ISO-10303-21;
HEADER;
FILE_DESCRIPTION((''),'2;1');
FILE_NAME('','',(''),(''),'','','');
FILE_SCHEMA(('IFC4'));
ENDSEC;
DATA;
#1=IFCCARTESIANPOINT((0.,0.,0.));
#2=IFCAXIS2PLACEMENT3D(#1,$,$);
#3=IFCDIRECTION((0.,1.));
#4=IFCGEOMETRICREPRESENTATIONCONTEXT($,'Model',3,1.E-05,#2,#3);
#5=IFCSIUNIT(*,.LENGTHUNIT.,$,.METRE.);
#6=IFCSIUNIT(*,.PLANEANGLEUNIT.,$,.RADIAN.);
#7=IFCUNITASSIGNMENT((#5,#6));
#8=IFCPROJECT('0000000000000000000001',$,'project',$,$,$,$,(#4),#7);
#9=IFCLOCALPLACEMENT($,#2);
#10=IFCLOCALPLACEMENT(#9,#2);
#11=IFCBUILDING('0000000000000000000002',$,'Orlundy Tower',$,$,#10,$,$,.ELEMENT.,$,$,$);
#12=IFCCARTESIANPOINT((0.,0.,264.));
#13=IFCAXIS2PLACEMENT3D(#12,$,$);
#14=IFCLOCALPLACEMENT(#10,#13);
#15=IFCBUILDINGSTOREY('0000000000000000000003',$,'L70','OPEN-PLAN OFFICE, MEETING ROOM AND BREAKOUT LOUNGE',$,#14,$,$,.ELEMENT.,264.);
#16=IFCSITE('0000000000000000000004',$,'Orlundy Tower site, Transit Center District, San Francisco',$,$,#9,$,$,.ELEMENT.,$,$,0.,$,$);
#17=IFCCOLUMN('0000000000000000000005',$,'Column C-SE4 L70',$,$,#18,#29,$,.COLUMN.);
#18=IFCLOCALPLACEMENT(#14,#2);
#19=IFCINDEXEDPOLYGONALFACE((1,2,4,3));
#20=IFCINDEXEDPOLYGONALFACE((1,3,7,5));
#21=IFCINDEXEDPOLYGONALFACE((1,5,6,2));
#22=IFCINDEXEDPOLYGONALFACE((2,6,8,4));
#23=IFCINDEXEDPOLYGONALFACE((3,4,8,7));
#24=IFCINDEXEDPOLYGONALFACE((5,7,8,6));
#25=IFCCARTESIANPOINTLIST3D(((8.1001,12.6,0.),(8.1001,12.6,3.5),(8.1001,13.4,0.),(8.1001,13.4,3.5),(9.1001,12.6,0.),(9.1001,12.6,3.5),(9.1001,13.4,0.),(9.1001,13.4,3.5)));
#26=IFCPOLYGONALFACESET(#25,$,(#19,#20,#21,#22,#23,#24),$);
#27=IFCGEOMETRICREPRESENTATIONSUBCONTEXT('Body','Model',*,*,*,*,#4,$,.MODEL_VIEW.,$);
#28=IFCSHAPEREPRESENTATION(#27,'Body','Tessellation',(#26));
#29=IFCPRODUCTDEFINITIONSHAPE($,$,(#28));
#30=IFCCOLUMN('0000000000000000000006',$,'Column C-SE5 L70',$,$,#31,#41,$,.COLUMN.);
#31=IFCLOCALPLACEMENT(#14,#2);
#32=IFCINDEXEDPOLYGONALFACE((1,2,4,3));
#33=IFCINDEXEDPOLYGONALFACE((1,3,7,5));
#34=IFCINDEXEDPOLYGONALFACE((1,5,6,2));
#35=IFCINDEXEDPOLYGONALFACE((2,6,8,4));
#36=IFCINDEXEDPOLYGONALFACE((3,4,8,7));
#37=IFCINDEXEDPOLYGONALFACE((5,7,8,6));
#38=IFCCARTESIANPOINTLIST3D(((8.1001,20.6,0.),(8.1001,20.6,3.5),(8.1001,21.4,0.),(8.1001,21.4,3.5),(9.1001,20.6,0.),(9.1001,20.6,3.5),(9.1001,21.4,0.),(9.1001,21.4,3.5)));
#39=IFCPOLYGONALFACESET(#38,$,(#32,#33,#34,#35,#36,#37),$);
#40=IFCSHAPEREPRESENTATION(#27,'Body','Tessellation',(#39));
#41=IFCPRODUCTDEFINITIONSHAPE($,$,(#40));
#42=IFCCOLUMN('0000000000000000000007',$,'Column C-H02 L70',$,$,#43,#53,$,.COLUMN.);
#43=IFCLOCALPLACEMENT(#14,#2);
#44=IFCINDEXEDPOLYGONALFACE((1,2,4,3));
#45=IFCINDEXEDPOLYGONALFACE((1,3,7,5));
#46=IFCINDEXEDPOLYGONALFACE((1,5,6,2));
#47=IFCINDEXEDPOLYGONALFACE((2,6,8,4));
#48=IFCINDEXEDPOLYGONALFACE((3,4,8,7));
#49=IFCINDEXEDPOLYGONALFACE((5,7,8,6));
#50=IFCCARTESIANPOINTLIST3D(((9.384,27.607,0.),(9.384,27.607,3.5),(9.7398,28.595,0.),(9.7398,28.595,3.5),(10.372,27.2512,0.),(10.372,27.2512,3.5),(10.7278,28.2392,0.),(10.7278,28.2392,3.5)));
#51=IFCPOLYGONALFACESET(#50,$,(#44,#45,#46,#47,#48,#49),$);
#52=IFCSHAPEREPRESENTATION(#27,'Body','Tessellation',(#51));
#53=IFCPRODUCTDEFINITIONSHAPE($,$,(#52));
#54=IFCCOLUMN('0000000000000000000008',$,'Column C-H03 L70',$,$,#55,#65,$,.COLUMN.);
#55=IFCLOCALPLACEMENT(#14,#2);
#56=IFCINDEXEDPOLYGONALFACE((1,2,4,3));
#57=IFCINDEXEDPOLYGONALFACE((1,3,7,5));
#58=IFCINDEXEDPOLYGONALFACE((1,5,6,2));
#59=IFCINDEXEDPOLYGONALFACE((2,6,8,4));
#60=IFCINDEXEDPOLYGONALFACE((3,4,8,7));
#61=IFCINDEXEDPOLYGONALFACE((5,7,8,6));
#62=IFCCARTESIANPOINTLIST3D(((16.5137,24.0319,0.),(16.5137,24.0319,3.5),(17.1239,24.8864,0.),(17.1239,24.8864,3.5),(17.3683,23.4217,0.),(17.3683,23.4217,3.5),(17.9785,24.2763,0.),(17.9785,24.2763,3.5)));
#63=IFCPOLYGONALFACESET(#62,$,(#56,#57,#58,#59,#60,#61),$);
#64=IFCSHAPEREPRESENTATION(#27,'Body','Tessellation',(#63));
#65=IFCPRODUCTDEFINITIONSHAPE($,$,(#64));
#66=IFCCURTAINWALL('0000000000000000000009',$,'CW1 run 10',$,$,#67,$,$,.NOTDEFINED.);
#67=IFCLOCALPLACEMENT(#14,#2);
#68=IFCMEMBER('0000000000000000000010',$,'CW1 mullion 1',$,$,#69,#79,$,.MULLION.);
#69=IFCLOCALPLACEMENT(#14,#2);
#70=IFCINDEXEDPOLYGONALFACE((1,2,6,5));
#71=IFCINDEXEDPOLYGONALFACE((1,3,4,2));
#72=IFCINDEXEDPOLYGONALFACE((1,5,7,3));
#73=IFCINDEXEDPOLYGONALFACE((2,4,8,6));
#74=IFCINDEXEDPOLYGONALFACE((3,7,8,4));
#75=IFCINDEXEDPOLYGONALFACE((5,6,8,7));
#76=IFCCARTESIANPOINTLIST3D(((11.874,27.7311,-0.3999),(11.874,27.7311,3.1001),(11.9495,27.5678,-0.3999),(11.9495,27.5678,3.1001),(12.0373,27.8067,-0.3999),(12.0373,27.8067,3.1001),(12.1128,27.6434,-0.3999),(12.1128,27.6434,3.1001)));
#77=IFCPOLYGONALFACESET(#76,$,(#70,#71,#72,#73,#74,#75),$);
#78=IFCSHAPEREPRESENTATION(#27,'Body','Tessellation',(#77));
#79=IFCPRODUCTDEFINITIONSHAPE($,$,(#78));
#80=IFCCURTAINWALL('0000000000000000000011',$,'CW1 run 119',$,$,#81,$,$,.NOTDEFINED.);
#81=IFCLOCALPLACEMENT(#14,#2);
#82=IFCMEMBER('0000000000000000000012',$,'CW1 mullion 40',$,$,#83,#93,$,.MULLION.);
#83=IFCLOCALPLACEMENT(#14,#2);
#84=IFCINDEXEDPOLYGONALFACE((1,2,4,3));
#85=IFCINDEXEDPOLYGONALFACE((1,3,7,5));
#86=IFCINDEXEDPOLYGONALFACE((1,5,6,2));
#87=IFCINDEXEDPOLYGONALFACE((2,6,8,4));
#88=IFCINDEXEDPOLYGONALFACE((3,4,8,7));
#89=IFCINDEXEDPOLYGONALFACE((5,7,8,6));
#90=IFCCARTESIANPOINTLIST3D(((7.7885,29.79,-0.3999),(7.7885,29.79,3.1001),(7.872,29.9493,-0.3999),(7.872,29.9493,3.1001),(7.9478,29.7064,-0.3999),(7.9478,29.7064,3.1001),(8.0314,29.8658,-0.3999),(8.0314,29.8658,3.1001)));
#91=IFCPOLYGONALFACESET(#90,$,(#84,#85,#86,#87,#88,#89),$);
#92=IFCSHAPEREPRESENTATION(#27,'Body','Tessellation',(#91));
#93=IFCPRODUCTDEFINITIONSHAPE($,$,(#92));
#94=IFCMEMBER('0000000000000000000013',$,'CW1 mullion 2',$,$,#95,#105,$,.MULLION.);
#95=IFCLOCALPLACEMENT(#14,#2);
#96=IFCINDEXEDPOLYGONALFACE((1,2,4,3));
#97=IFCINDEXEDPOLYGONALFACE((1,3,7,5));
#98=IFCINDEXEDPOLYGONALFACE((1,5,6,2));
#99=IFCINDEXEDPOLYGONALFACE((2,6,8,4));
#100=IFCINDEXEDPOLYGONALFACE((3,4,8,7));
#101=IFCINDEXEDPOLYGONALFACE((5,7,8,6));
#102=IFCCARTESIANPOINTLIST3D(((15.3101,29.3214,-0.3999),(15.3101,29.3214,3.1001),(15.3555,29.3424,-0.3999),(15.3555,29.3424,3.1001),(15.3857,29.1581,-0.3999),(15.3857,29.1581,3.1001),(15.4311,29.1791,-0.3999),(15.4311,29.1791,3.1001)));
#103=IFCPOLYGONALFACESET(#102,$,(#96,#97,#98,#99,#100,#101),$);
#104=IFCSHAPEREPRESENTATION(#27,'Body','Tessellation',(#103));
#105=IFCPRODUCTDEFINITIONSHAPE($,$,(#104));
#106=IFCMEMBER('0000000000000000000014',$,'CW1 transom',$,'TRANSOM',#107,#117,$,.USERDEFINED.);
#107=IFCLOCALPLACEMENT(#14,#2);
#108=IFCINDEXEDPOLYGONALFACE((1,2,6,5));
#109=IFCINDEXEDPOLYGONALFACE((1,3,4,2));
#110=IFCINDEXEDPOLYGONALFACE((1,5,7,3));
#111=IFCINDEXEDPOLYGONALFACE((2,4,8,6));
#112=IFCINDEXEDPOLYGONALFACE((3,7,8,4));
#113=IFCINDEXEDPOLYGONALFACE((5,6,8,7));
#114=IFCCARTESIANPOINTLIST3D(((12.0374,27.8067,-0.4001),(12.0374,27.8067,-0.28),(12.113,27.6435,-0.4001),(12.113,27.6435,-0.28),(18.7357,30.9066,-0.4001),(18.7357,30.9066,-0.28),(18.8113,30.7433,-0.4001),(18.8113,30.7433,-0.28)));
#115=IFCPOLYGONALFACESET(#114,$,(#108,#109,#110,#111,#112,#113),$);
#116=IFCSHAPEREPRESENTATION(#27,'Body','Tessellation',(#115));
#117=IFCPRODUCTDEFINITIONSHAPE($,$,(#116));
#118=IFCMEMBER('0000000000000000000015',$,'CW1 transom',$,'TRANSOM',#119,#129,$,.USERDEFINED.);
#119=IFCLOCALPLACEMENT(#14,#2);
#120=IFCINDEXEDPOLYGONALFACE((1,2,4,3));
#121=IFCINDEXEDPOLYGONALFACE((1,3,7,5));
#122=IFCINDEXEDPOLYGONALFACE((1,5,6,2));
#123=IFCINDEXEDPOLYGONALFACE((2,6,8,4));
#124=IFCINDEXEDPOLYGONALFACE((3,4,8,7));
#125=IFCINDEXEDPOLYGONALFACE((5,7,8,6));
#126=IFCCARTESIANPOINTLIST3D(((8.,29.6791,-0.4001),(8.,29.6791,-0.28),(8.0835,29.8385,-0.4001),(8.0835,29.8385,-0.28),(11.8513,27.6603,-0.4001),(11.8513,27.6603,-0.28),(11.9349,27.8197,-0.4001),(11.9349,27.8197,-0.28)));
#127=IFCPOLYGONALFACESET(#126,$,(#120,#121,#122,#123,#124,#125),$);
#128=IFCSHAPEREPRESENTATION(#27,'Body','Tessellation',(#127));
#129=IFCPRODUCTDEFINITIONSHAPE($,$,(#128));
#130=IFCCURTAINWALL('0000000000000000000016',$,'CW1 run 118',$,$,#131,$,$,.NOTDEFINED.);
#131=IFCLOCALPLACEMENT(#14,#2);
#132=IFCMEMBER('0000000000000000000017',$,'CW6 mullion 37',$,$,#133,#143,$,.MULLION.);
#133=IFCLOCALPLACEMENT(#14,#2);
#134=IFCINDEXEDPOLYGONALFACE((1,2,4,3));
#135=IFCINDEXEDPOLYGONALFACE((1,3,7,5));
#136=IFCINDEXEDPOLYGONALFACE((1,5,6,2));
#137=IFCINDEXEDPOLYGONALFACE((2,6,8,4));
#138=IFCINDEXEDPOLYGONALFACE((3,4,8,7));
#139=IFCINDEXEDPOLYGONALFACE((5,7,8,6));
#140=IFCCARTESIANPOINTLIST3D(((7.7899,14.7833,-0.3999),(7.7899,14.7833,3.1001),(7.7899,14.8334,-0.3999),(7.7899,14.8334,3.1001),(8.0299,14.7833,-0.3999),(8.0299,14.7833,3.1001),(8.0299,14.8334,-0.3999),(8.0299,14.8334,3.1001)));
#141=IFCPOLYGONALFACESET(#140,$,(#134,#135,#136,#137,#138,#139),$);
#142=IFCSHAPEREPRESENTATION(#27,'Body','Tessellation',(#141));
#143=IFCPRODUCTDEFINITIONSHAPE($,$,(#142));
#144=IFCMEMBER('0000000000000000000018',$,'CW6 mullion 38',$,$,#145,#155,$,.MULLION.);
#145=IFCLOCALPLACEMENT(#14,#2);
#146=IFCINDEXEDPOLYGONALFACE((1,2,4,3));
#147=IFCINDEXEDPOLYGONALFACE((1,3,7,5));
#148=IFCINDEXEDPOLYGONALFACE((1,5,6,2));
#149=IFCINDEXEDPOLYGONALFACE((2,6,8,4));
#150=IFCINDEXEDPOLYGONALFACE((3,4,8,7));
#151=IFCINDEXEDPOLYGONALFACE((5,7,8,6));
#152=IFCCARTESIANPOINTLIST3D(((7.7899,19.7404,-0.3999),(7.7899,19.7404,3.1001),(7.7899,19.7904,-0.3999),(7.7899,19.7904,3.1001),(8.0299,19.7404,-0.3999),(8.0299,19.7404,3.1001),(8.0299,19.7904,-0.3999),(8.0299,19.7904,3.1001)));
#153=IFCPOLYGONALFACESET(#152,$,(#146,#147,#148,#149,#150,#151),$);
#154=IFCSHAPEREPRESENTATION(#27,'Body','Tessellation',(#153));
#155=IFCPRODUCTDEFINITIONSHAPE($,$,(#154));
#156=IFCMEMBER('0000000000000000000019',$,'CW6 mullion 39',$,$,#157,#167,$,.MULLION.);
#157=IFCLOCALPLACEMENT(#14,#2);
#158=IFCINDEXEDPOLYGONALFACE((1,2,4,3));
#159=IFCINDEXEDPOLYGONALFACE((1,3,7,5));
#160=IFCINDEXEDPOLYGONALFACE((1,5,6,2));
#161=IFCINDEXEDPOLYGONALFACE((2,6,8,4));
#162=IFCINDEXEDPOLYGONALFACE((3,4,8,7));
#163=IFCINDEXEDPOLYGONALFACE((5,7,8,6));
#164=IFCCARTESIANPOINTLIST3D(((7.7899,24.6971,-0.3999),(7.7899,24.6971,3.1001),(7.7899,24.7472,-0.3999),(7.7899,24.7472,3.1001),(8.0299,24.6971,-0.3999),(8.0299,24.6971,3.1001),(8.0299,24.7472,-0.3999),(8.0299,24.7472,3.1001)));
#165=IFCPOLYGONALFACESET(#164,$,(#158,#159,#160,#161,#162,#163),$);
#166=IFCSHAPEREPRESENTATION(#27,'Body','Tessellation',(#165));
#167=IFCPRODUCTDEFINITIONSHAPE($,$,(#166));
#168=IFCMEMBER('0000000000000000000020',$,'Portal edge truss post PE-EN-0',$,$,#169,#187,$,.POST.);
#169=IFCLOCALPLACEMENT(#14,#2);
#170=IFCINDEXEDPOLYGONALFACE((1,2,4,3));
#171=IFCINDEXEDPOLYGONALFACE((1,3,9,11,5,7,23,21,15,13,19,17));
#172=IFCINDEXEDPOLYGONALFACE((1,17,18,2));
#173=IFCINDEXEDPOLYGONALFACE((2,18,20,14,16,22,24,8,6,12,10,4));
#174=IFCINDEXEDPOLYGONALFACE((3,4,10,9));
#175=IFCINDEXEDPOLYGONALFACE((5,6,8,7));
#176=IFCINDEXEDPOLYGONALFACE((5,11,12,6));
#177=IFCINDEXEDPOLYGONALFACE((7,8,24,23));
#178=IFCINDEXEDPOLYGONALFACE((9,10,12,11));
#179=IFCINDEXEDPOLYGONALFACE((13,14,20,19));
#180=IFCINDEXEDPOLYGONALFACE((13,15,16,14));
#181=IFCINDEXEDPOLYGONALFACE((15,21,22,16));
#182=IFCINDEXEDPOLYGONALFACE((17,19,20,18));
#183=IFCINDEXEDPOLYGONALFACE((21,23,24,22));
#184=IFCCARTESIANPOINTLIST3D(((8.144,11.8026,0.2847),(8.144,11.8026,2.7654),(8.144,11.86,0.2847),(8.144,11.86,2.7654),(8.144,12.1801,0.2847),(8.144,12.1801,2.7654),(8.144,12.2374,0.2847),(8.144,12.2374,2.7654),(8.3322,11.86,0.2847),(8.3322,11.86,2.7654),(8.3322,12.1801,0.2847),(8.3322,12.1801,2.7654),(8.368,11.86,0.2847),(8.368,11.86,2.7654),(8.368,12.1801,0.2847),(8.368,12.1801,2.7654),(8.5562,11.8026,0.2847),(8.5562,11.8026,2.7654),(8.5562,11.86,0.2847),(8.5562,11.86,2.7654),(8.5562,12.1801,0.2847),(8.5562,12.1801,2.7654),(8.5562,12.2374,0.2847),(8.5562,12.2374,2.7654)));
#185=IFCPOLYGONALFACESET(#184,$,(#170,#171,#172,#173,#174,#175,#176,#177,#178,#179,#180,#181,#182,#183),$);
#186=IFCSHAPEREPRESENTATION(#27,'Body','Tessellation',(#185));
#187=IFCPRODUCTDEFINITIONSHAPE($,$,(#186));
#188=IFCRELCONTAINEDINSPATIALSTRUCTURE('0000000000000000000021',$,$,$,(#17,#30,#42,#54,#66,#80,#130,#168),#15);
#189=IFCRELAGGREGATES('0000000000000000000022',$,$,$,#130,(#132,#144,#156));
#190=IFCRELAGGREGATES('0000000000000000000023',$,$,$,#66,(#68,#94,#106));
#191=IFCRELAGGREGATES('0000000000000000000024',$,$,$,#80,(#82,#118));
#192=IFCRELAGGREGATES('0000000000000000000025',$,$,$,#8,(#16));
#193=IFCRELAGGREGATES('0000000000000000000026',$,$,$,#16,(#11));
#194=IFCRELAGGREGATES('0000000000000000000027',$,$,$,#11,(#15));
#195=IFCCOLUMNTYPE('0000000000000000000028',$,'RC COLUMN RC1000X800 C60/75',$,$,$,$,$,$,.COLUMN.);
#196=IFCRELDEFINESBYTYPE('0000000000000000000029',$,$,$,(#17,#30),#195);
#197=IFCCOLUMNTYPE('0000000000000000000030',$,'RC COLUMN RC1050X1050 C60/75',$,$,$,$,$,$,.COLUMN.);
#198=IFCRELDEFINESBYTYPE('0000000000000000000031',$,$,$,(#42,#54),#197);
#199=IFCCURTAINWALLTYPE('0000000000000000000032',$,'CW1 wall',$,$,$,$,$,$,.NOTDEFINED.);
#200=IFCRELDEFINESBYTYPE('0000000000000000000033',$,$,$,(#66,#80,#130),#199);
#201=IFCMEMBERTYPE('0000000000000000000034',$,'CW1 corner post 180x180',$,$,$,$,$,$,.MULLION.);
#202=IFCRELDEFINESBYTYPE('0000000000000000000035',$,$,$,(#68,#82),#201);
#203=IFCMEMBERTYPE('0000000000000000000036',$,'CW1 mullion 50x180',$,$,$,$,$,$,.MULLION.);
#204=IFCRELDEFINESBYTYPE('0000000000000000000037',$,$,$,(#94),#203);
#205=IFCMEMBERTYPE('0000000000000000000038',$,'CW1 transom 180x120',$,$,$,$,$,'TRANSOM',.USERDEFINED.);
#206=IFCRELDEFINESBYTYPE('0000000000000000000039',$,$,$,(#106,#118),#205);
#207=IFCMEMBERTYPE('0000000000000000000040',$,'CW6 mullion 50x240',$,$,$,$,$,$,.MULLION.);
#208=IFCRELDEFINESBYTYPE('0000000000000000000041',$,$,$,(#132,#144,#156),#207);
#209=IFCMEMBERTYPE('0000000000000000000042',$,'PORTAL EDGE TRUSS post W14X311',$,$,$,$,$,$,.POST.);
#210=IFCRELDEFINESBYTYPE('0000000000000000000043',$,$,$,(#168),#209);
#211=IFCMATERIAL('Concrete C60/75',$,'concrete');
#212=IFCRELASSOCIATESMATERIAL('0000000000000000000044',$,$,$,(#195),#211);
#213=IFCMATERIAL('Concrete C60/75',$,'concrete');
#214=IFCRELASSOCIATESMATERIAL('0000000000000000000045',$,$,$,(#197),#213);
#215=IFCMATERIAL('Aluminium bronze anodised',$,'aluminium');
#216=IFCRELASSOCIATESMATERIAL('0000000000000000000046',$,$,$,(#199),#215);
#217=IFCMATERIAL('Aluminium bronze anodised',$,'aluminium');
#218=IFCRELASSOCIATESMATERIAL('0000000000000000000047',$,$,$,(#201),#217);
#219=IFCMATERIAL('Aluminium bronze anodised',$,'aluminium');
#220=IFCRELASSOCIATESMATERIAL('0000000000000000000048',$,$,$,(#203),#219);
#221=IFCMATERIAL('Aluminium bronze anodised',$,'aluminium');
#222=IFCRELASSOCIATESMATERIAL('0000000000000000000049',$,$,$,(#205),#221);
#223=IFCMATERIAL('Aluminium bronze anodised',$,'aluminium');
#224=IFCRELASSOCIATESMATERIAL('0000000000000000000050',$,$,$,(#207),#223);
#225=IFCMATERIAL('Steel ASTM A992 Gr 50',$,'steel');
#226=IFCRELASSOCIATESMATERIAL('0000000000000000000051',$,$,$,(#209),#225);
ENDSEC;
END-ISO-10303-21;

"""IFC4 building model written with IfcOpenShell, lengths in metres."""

from ifc_helpers import new_model, si_unit, direction, frame, origin, origin_2d, place, context, subcontext, project, spatial, rectangle, i_section, extrude, material, material_profile, profile_set, type_object, element, aggregate, save


model = new_model("IFC4")

# Units and contexts
model_context = context("Model", 3, precision=1e-05, world=origin(), true_north=direction((0.0, 1.0)))
body_context = subcontext(model_context, "Body", "Model", "MODEL_VIEW")
ifc_project = project(units=[si_unit("LENGTHUNIT", "METRE"), si_unit("PLANEANGLEUNIT", "RADIAN")], contexts=[model_context])

# Site, building, storey
site_placement = place(None, origin())
site = spatial("IfcSite", under=ifc_project, at=site_placement, Name="Orlundy Tower site, Transit Center District, San Francisco", CompositionType="ELEMENT", RefElevation=0.0)
building_placement = place(site_placement, origin())
building = spatial("IfcBuilding", under=site, at=building_placement, Name="Orlundy Tower", CompositionType="ELEMENT")
storey_placement = place(building_placement, frame((0.0, 0.0, 264.0)))
storey = spatial("IfcBuildingStorey", under=building, at=storey_placement, Name="L70", Description="OPEN-PLAN OFFICE, MEETING ROOM AND BREAKOUT LOUNGE", CompositionType="ELEMENT", Elevation=264.0)

# Columns
ifc_material_1 = material(Name="Concrete C60/75", Category="concrete")
ifc_material_profile_1 = material_profile(ifc_material_1, rectangle(XDim=1.0, YDim=0.8, at=origin_2d()), Name="RC1000X800")
ifc_profile_set_1 = profile_set([ifc_material_profile_1], Name="Concrete C60/75")
column_type_1 = type_object("IfcColumnType", Name="RC COLUMN RC1000X800 C60/75", PredefinedType="COLUMN", material=ifc_profile_set_1)
for number, where, z_axis, x_axis, name in (
    (1, (8.6001, 13.0, 0.0), (0.0, 0.0, 1.0), (1.0, 0.0, 0.0), "Column C-SE4 L70"),
    (2, (8.6001, 21.0, 0.0), (0.0, 0.0, 1.0), (1.0, 0.0, 0.0), "Column C-SE5 L70"),
):
    element("IfcColumn", number, at=place(storey_placement, frame(where, z_axis=z_axis, x_axis=x_axis)), inside=storey, type_object=column_type_1, Name=name, PredefinedType="COLUMN", context=body_context, shape_type="SweptSolid", body=[
        extrude(rectangle(XDim=1.0, YDim=0.8, at=origin_2d()), origin(), (0.0, 0.0, 1.0), 3.5),
    ])
ifc_material_2 = material(Name="Concrete C60/75", Category="concrete")
ifc_material_profile_2 = material_profile(ifc_material_2, rectangle(XDim=1.05, YDim=1.05, at=origin_2d()), Name="RC1050X1050")
ifc_profile_set_2 = profile_set([ifc_material_profile_2], Name="Concrete C60/75")
column_type_2 = type_object("IfcColumnType", Name="RC COLUMN RC1050X1050 C60/75", PredefinedType="COLUMN", material=ifc_profile_set_2)
for number, where, z_axis, x_axis, name in (
    (3, (10.0559, 27.9231, 0.0), (0.0, 0.0, 1.0), (0.338836, 0.940845, 0.0), "Column C-H02 L70"),
    (4, (17.2461, 24.1541, 0.0), (0.0, 0.0, 1.0), (0.581087, 0.813842, 0.0), "Column C-H03 L70"),
):
    element("IfcColumn", number, at=place(storey_placement, frame(where, z_axis=z_axis, x_axis=x_axis)), inside=storey, type_object=column_type_2, Name=name, PredefinedType="COLUMN", context=body_context, shape_type="SweptSolid", body=[
        extrude(rectangle(XDim=1.05, YDim=1.05, at=origin_2d()), origin(), (0.0, 0.0, 1.0), 3.5),
    ])

# Curtain walls, members
ifc_material_3 = material(Name="Aluminium bronze anodised", Category="aluminium")
curtain_wall_type = type_object("IfcCurtainWallType", Name="CW1 wall", PredefinedType="NOTDEFINED", material=ifc_material_3)
curtain_wall_1_placement = place(storey_placement, origin())
curtain_wall_1 = element("IfcCurtainWall", 5, at=curtain_wall_1_placement, inside=storey, type_object=curtain_wall_type, Name="CW1 run 10", PredefinedType="NOTDEFINED")
ifc_material_4 = material(Name="Aluminium bronze anodised", Category="aluminium")
ifc_material_profile_3 = material_profile(ifc_material_4, rectangle(XDim=0.1799, YDim=0.1799, at=origin_2d()), Name="CW1 corner post 180x180")
ifc_profile_set_3 = profile_set([ifc_material_profile_3], Name="Aluminium bronze anodised")
member_type_1 = type_object("IfcMemberType", Name="CW1 corner post 180x180", PredefinedType="MULLION", material=ifc_profile_set_3)
member_1_placement = place(storey_placement, frame((11.9934, 27.6873, -0.3999), z_axis=(0.0, 0.0, 1.0), x_axis=(-0.419976, 0.907535, 0.0)))
member_1 = element("IfcMember", 6, at=member_1_placement, type_object=member_type_1, Name="CW1 mullion 1", PredefinedType="MULLION", context=body_context, shape_type="SweptSolid", body=[
    extrude(rectangle(XDim=0.1799, YDim=0.1799, at=origin_2d()), origin(), (0.0, 0.0, 1.0), 3.5),
])
curtain_wall_2_placement = place(storey_placement, origin())
curtain_wall_2 = element("IfcCurtainWall", 7, at=curtain_wall_2_placement, inside=storey, type_object=curtain_wall_type, Name="CW1 run 119", PredefinedType="NOTDEFINED")
member_2_placement = place(storey_placement, frame((7.9099, 29.8279, -0.3999), z_axis=(0.0, 0.0, 1.0), x_axis=(0.464264, 0.885697, 0.0)))
member_2 = element("IfcMember", 8, at=member_2_placement, type_object=member_type_1, Name="CW1 mullion 40", PredefinedType="MULLION", context=body_context, shape_type="SweptSolid", body=[
    extrude(rectangle(XDim=0.1799, YDim=0.1799, at=origin_2d()), origin(), (0.0, 0.0, 1.0), 3.5),
])

# Members
ifc_material_5 = material(Name="Aluminium bronze anodised", Category="aluminium")
ifc_material_profile_4 = material_profile(ifc_material_5, rectangle(XDim=0.1799, YDim=0.05, at=origin_2d()), Name="CW1 mullion 50x180")
ifc_profile_set_4 = profile_set([ifc_material_profile_4], Name="Aluminium bronze anodised")
member_type_2 = type_object("IfcMemberType", Name="CW1 mullion 50x180", PredefinedType="MULLION", material=ifc_profile_set_4)
member_3_placement = place(storey_placement, frame((15.3706, 29.2502, -0.3999), z_axis=(0.0, 0.0, 1.0), x_axis=(-0.419976, 0.907535, 0.0)))
member_3 = element("IfcMember", 9, at=member_3_placement, type_object=member_type_2, Name="CW1 mullion 2", PredefinedType="MULLION", context=body_context, shape_type="SweptSolid", body=[
    extrude(rectangle(XDim=0.1799, YDim=0.05, at=origin_2d()), origin(), (0.0, 0.0, 1.0), 3.5),
])
ifc_material_6 = material(Name="Aluminium bronze anodised", Category="aluminium")
ifc_material_profile_5 = material_profile(ifc_material_6, rectangle(XDim=0.1799, YDim=0.1201, at=origin_2d()), Name="CW1 transom 180x120")
ifc_profile_set_5 = profile_set([ifc_material_profile_5], Name="Aluminium bronze anodised")
member_type_3 = type_object("IfcMemberType", Name="CW1 transom 180x120", ElementType="TRANSOM", PredefinedType="USERDEFINED", material=ifc_profile_set_5)
member_4_placement = place(storey_placement, frame((12.0752, 27.7251, -0.3401), z_axis=(0.907528, 0.419991, 0.0), x_axis=(-0.419991, 0.907528, 0.0)))
member_4 = element("IfcMember", 10, at=member_4_placement, type_object=member_type_3, Name="CW1 transom", ObjectType="TRANSOM", PredefinedType="USERDEFINED", context=body_context, shape_type="SweptSolid", body=[
    extrude(rectangle(XDim=0.1799, YDim=0.1201, at=origin_2d()), origin(), (0.0, 0.0, 1.0), 7.3809),
])
member_5_placement = place(storey_placement, frame((8.0417, 29.7588, -0.3401), z_axis=(0.885695, -0.464267, 0.0), x_axis=(0.464267, 0.885695, 0.0)))
member_5 = element("IfcMember", 11, at=member_5_placement, type_object=member_type_3, Name="CW1 transom", ObjectType="TRANSOM", PredefinedType="USERDEFINED", context=body_context, shape_type="SweptSolid", body=[
    extrude(rectangle(XDim=0.1799, YDim=0.1201, at=origin_2d()), origin(), (0.0, 0.0, 1.0), 4.3484),
])

# Curtain wall, members
curtain_wall_3_placement = place(storey_placement, origin())
curtain_wall_3 = element("IfcCurtainWall", 12, at=curtain_wall_3_placement, inside=storey, type_object=curtain_wall_type, Name="CW1 run 118", PredefinedType="NOTDEFINED")
ifc_material_7 = material(Name="Aluminium bronze anodised", Category="aluminium")
ifc_material_profile_6 = material_profile(ifc_material_7, rectangle(XDim=0.24, YDim=0.05, at=origin_2d()), Name="CW6 mullion 50x240")
ifc_profile_set_6 = profile_set([ifc_material_profile_6], Name="Aluminium bronze anodised")
member_type_4 = type_object("IfcMemberType", Name="CW6 mullion 50x240", PredefinedType="MULLION", material=ifc_profile_set_6)
member_6_placement = place(storey_placement, frame((7.9099, 14.8083, -0.3999), z_axis=(0.0, 0.0, 1.0), x_axis=(-1.0, 0.0, 0.0)))
member_6 = element("IfcMember", 13, at=member_6_placement, type_object=member_type_4, Name="CW6 mullion 37", PredefinedType="MULLION", context=body_context, shape_type="SweptSolid", body=[
    extrude(rectangle(XDim=0.24, YDim=0.05, at=origin_2d()), origin(), (0.0, 0.0, 1.0), 3.5),
])
member_7_placement = place(storey_placement, frame((7.9099, 19.7654, -0.3999), z_axis=(0.0, 0.0, 1.0), x_axis=(-1.0, 0.0, 0.0)))
member_7 = element("IfcMember", 14, at=member_7_placement, type_object=member_type_4, Name="CW6 mullion 38", PredefinedType="MULLION", context=body_context, shape_type="SweptSolid", body=[
    extrude(rectangle(XDim=0.24, YDim=0.05, at=origin_2d()), origin(), (0.0, 0.0, 1.0), 3.5),
])
member_8_placement = place(storey_placement, frame((7.9099, 24.7222, -0.3999), z_axis=(0.0, 0.0, 1.0), x_axis=(-1.0, 0.0, 0.0)))
member_8 = element("IfcMember", 15, at=member_8_placement, type_object=member_type_4, Name="CW6 mullion 39", PredefinedType="MULLION", context=body_context, shape_type="SweptSolid", body=[
    extrude(rectangle(XDim=0.24, YDim=0.05, at=origin_2d()), origin(), (0.0, 0.0, 1.0), 3.5),
])
aggregate(curtain_wall_3, [member_6, member_7, member_8])

# Member
ifc_material_8 = material(Name="Steel ASTM A992 Gr 50", Category="steel")
ifc_material_profile_7 = material_profile(ifc_material_8, i_section(OverallWidth=0.4121, OverallDepth=0.4348, WebThickness=0.0359, FlangeThickness=0.0574, at=origin_2d()), Name="W14X311")
ifc_profile_set_7 = profile_set([ifc_material_profile_7], Name="Steel ASTM A992 Gr 50")
member_type_5 = type_object("IfcMemberType", Name="PORTAL EDGE TRUSS post W14X311", PredefinedType="POST", material=ifc_profile_set_7)
for number, where, z_axis, x_axis, name in (
    (16, (8.3501, 12.02, 0.2847), (0.0, 0.0, 1.0), (1.0, 0.0, 0.0), "Portal edge truss post PE-EN-0"),
):
    element("IfcMember", number, at=place(storey_placement, frame(where, z_axis=z_axis, x_axis=x_axis)), inside=storey, type_object=member_type_5, Name=name, PredefinedType="POST", context=body_context, shape_type="SweptSolid", body=[
        extrude(i_section(OverallWidth=0.4121, OverallDepth=0.4348, WebThickness=0.0359, FlangeThickness=0.0574, at=origin_2d()), origin(), (0.0, 0.0, 1.0), 2.4807),
    ])

aggregate(curtain_wall_1, [member_1, member_3, member_4])
aggregate(curtain_wall_2, [member_2, member_5])

save(model, "model.ifc")
